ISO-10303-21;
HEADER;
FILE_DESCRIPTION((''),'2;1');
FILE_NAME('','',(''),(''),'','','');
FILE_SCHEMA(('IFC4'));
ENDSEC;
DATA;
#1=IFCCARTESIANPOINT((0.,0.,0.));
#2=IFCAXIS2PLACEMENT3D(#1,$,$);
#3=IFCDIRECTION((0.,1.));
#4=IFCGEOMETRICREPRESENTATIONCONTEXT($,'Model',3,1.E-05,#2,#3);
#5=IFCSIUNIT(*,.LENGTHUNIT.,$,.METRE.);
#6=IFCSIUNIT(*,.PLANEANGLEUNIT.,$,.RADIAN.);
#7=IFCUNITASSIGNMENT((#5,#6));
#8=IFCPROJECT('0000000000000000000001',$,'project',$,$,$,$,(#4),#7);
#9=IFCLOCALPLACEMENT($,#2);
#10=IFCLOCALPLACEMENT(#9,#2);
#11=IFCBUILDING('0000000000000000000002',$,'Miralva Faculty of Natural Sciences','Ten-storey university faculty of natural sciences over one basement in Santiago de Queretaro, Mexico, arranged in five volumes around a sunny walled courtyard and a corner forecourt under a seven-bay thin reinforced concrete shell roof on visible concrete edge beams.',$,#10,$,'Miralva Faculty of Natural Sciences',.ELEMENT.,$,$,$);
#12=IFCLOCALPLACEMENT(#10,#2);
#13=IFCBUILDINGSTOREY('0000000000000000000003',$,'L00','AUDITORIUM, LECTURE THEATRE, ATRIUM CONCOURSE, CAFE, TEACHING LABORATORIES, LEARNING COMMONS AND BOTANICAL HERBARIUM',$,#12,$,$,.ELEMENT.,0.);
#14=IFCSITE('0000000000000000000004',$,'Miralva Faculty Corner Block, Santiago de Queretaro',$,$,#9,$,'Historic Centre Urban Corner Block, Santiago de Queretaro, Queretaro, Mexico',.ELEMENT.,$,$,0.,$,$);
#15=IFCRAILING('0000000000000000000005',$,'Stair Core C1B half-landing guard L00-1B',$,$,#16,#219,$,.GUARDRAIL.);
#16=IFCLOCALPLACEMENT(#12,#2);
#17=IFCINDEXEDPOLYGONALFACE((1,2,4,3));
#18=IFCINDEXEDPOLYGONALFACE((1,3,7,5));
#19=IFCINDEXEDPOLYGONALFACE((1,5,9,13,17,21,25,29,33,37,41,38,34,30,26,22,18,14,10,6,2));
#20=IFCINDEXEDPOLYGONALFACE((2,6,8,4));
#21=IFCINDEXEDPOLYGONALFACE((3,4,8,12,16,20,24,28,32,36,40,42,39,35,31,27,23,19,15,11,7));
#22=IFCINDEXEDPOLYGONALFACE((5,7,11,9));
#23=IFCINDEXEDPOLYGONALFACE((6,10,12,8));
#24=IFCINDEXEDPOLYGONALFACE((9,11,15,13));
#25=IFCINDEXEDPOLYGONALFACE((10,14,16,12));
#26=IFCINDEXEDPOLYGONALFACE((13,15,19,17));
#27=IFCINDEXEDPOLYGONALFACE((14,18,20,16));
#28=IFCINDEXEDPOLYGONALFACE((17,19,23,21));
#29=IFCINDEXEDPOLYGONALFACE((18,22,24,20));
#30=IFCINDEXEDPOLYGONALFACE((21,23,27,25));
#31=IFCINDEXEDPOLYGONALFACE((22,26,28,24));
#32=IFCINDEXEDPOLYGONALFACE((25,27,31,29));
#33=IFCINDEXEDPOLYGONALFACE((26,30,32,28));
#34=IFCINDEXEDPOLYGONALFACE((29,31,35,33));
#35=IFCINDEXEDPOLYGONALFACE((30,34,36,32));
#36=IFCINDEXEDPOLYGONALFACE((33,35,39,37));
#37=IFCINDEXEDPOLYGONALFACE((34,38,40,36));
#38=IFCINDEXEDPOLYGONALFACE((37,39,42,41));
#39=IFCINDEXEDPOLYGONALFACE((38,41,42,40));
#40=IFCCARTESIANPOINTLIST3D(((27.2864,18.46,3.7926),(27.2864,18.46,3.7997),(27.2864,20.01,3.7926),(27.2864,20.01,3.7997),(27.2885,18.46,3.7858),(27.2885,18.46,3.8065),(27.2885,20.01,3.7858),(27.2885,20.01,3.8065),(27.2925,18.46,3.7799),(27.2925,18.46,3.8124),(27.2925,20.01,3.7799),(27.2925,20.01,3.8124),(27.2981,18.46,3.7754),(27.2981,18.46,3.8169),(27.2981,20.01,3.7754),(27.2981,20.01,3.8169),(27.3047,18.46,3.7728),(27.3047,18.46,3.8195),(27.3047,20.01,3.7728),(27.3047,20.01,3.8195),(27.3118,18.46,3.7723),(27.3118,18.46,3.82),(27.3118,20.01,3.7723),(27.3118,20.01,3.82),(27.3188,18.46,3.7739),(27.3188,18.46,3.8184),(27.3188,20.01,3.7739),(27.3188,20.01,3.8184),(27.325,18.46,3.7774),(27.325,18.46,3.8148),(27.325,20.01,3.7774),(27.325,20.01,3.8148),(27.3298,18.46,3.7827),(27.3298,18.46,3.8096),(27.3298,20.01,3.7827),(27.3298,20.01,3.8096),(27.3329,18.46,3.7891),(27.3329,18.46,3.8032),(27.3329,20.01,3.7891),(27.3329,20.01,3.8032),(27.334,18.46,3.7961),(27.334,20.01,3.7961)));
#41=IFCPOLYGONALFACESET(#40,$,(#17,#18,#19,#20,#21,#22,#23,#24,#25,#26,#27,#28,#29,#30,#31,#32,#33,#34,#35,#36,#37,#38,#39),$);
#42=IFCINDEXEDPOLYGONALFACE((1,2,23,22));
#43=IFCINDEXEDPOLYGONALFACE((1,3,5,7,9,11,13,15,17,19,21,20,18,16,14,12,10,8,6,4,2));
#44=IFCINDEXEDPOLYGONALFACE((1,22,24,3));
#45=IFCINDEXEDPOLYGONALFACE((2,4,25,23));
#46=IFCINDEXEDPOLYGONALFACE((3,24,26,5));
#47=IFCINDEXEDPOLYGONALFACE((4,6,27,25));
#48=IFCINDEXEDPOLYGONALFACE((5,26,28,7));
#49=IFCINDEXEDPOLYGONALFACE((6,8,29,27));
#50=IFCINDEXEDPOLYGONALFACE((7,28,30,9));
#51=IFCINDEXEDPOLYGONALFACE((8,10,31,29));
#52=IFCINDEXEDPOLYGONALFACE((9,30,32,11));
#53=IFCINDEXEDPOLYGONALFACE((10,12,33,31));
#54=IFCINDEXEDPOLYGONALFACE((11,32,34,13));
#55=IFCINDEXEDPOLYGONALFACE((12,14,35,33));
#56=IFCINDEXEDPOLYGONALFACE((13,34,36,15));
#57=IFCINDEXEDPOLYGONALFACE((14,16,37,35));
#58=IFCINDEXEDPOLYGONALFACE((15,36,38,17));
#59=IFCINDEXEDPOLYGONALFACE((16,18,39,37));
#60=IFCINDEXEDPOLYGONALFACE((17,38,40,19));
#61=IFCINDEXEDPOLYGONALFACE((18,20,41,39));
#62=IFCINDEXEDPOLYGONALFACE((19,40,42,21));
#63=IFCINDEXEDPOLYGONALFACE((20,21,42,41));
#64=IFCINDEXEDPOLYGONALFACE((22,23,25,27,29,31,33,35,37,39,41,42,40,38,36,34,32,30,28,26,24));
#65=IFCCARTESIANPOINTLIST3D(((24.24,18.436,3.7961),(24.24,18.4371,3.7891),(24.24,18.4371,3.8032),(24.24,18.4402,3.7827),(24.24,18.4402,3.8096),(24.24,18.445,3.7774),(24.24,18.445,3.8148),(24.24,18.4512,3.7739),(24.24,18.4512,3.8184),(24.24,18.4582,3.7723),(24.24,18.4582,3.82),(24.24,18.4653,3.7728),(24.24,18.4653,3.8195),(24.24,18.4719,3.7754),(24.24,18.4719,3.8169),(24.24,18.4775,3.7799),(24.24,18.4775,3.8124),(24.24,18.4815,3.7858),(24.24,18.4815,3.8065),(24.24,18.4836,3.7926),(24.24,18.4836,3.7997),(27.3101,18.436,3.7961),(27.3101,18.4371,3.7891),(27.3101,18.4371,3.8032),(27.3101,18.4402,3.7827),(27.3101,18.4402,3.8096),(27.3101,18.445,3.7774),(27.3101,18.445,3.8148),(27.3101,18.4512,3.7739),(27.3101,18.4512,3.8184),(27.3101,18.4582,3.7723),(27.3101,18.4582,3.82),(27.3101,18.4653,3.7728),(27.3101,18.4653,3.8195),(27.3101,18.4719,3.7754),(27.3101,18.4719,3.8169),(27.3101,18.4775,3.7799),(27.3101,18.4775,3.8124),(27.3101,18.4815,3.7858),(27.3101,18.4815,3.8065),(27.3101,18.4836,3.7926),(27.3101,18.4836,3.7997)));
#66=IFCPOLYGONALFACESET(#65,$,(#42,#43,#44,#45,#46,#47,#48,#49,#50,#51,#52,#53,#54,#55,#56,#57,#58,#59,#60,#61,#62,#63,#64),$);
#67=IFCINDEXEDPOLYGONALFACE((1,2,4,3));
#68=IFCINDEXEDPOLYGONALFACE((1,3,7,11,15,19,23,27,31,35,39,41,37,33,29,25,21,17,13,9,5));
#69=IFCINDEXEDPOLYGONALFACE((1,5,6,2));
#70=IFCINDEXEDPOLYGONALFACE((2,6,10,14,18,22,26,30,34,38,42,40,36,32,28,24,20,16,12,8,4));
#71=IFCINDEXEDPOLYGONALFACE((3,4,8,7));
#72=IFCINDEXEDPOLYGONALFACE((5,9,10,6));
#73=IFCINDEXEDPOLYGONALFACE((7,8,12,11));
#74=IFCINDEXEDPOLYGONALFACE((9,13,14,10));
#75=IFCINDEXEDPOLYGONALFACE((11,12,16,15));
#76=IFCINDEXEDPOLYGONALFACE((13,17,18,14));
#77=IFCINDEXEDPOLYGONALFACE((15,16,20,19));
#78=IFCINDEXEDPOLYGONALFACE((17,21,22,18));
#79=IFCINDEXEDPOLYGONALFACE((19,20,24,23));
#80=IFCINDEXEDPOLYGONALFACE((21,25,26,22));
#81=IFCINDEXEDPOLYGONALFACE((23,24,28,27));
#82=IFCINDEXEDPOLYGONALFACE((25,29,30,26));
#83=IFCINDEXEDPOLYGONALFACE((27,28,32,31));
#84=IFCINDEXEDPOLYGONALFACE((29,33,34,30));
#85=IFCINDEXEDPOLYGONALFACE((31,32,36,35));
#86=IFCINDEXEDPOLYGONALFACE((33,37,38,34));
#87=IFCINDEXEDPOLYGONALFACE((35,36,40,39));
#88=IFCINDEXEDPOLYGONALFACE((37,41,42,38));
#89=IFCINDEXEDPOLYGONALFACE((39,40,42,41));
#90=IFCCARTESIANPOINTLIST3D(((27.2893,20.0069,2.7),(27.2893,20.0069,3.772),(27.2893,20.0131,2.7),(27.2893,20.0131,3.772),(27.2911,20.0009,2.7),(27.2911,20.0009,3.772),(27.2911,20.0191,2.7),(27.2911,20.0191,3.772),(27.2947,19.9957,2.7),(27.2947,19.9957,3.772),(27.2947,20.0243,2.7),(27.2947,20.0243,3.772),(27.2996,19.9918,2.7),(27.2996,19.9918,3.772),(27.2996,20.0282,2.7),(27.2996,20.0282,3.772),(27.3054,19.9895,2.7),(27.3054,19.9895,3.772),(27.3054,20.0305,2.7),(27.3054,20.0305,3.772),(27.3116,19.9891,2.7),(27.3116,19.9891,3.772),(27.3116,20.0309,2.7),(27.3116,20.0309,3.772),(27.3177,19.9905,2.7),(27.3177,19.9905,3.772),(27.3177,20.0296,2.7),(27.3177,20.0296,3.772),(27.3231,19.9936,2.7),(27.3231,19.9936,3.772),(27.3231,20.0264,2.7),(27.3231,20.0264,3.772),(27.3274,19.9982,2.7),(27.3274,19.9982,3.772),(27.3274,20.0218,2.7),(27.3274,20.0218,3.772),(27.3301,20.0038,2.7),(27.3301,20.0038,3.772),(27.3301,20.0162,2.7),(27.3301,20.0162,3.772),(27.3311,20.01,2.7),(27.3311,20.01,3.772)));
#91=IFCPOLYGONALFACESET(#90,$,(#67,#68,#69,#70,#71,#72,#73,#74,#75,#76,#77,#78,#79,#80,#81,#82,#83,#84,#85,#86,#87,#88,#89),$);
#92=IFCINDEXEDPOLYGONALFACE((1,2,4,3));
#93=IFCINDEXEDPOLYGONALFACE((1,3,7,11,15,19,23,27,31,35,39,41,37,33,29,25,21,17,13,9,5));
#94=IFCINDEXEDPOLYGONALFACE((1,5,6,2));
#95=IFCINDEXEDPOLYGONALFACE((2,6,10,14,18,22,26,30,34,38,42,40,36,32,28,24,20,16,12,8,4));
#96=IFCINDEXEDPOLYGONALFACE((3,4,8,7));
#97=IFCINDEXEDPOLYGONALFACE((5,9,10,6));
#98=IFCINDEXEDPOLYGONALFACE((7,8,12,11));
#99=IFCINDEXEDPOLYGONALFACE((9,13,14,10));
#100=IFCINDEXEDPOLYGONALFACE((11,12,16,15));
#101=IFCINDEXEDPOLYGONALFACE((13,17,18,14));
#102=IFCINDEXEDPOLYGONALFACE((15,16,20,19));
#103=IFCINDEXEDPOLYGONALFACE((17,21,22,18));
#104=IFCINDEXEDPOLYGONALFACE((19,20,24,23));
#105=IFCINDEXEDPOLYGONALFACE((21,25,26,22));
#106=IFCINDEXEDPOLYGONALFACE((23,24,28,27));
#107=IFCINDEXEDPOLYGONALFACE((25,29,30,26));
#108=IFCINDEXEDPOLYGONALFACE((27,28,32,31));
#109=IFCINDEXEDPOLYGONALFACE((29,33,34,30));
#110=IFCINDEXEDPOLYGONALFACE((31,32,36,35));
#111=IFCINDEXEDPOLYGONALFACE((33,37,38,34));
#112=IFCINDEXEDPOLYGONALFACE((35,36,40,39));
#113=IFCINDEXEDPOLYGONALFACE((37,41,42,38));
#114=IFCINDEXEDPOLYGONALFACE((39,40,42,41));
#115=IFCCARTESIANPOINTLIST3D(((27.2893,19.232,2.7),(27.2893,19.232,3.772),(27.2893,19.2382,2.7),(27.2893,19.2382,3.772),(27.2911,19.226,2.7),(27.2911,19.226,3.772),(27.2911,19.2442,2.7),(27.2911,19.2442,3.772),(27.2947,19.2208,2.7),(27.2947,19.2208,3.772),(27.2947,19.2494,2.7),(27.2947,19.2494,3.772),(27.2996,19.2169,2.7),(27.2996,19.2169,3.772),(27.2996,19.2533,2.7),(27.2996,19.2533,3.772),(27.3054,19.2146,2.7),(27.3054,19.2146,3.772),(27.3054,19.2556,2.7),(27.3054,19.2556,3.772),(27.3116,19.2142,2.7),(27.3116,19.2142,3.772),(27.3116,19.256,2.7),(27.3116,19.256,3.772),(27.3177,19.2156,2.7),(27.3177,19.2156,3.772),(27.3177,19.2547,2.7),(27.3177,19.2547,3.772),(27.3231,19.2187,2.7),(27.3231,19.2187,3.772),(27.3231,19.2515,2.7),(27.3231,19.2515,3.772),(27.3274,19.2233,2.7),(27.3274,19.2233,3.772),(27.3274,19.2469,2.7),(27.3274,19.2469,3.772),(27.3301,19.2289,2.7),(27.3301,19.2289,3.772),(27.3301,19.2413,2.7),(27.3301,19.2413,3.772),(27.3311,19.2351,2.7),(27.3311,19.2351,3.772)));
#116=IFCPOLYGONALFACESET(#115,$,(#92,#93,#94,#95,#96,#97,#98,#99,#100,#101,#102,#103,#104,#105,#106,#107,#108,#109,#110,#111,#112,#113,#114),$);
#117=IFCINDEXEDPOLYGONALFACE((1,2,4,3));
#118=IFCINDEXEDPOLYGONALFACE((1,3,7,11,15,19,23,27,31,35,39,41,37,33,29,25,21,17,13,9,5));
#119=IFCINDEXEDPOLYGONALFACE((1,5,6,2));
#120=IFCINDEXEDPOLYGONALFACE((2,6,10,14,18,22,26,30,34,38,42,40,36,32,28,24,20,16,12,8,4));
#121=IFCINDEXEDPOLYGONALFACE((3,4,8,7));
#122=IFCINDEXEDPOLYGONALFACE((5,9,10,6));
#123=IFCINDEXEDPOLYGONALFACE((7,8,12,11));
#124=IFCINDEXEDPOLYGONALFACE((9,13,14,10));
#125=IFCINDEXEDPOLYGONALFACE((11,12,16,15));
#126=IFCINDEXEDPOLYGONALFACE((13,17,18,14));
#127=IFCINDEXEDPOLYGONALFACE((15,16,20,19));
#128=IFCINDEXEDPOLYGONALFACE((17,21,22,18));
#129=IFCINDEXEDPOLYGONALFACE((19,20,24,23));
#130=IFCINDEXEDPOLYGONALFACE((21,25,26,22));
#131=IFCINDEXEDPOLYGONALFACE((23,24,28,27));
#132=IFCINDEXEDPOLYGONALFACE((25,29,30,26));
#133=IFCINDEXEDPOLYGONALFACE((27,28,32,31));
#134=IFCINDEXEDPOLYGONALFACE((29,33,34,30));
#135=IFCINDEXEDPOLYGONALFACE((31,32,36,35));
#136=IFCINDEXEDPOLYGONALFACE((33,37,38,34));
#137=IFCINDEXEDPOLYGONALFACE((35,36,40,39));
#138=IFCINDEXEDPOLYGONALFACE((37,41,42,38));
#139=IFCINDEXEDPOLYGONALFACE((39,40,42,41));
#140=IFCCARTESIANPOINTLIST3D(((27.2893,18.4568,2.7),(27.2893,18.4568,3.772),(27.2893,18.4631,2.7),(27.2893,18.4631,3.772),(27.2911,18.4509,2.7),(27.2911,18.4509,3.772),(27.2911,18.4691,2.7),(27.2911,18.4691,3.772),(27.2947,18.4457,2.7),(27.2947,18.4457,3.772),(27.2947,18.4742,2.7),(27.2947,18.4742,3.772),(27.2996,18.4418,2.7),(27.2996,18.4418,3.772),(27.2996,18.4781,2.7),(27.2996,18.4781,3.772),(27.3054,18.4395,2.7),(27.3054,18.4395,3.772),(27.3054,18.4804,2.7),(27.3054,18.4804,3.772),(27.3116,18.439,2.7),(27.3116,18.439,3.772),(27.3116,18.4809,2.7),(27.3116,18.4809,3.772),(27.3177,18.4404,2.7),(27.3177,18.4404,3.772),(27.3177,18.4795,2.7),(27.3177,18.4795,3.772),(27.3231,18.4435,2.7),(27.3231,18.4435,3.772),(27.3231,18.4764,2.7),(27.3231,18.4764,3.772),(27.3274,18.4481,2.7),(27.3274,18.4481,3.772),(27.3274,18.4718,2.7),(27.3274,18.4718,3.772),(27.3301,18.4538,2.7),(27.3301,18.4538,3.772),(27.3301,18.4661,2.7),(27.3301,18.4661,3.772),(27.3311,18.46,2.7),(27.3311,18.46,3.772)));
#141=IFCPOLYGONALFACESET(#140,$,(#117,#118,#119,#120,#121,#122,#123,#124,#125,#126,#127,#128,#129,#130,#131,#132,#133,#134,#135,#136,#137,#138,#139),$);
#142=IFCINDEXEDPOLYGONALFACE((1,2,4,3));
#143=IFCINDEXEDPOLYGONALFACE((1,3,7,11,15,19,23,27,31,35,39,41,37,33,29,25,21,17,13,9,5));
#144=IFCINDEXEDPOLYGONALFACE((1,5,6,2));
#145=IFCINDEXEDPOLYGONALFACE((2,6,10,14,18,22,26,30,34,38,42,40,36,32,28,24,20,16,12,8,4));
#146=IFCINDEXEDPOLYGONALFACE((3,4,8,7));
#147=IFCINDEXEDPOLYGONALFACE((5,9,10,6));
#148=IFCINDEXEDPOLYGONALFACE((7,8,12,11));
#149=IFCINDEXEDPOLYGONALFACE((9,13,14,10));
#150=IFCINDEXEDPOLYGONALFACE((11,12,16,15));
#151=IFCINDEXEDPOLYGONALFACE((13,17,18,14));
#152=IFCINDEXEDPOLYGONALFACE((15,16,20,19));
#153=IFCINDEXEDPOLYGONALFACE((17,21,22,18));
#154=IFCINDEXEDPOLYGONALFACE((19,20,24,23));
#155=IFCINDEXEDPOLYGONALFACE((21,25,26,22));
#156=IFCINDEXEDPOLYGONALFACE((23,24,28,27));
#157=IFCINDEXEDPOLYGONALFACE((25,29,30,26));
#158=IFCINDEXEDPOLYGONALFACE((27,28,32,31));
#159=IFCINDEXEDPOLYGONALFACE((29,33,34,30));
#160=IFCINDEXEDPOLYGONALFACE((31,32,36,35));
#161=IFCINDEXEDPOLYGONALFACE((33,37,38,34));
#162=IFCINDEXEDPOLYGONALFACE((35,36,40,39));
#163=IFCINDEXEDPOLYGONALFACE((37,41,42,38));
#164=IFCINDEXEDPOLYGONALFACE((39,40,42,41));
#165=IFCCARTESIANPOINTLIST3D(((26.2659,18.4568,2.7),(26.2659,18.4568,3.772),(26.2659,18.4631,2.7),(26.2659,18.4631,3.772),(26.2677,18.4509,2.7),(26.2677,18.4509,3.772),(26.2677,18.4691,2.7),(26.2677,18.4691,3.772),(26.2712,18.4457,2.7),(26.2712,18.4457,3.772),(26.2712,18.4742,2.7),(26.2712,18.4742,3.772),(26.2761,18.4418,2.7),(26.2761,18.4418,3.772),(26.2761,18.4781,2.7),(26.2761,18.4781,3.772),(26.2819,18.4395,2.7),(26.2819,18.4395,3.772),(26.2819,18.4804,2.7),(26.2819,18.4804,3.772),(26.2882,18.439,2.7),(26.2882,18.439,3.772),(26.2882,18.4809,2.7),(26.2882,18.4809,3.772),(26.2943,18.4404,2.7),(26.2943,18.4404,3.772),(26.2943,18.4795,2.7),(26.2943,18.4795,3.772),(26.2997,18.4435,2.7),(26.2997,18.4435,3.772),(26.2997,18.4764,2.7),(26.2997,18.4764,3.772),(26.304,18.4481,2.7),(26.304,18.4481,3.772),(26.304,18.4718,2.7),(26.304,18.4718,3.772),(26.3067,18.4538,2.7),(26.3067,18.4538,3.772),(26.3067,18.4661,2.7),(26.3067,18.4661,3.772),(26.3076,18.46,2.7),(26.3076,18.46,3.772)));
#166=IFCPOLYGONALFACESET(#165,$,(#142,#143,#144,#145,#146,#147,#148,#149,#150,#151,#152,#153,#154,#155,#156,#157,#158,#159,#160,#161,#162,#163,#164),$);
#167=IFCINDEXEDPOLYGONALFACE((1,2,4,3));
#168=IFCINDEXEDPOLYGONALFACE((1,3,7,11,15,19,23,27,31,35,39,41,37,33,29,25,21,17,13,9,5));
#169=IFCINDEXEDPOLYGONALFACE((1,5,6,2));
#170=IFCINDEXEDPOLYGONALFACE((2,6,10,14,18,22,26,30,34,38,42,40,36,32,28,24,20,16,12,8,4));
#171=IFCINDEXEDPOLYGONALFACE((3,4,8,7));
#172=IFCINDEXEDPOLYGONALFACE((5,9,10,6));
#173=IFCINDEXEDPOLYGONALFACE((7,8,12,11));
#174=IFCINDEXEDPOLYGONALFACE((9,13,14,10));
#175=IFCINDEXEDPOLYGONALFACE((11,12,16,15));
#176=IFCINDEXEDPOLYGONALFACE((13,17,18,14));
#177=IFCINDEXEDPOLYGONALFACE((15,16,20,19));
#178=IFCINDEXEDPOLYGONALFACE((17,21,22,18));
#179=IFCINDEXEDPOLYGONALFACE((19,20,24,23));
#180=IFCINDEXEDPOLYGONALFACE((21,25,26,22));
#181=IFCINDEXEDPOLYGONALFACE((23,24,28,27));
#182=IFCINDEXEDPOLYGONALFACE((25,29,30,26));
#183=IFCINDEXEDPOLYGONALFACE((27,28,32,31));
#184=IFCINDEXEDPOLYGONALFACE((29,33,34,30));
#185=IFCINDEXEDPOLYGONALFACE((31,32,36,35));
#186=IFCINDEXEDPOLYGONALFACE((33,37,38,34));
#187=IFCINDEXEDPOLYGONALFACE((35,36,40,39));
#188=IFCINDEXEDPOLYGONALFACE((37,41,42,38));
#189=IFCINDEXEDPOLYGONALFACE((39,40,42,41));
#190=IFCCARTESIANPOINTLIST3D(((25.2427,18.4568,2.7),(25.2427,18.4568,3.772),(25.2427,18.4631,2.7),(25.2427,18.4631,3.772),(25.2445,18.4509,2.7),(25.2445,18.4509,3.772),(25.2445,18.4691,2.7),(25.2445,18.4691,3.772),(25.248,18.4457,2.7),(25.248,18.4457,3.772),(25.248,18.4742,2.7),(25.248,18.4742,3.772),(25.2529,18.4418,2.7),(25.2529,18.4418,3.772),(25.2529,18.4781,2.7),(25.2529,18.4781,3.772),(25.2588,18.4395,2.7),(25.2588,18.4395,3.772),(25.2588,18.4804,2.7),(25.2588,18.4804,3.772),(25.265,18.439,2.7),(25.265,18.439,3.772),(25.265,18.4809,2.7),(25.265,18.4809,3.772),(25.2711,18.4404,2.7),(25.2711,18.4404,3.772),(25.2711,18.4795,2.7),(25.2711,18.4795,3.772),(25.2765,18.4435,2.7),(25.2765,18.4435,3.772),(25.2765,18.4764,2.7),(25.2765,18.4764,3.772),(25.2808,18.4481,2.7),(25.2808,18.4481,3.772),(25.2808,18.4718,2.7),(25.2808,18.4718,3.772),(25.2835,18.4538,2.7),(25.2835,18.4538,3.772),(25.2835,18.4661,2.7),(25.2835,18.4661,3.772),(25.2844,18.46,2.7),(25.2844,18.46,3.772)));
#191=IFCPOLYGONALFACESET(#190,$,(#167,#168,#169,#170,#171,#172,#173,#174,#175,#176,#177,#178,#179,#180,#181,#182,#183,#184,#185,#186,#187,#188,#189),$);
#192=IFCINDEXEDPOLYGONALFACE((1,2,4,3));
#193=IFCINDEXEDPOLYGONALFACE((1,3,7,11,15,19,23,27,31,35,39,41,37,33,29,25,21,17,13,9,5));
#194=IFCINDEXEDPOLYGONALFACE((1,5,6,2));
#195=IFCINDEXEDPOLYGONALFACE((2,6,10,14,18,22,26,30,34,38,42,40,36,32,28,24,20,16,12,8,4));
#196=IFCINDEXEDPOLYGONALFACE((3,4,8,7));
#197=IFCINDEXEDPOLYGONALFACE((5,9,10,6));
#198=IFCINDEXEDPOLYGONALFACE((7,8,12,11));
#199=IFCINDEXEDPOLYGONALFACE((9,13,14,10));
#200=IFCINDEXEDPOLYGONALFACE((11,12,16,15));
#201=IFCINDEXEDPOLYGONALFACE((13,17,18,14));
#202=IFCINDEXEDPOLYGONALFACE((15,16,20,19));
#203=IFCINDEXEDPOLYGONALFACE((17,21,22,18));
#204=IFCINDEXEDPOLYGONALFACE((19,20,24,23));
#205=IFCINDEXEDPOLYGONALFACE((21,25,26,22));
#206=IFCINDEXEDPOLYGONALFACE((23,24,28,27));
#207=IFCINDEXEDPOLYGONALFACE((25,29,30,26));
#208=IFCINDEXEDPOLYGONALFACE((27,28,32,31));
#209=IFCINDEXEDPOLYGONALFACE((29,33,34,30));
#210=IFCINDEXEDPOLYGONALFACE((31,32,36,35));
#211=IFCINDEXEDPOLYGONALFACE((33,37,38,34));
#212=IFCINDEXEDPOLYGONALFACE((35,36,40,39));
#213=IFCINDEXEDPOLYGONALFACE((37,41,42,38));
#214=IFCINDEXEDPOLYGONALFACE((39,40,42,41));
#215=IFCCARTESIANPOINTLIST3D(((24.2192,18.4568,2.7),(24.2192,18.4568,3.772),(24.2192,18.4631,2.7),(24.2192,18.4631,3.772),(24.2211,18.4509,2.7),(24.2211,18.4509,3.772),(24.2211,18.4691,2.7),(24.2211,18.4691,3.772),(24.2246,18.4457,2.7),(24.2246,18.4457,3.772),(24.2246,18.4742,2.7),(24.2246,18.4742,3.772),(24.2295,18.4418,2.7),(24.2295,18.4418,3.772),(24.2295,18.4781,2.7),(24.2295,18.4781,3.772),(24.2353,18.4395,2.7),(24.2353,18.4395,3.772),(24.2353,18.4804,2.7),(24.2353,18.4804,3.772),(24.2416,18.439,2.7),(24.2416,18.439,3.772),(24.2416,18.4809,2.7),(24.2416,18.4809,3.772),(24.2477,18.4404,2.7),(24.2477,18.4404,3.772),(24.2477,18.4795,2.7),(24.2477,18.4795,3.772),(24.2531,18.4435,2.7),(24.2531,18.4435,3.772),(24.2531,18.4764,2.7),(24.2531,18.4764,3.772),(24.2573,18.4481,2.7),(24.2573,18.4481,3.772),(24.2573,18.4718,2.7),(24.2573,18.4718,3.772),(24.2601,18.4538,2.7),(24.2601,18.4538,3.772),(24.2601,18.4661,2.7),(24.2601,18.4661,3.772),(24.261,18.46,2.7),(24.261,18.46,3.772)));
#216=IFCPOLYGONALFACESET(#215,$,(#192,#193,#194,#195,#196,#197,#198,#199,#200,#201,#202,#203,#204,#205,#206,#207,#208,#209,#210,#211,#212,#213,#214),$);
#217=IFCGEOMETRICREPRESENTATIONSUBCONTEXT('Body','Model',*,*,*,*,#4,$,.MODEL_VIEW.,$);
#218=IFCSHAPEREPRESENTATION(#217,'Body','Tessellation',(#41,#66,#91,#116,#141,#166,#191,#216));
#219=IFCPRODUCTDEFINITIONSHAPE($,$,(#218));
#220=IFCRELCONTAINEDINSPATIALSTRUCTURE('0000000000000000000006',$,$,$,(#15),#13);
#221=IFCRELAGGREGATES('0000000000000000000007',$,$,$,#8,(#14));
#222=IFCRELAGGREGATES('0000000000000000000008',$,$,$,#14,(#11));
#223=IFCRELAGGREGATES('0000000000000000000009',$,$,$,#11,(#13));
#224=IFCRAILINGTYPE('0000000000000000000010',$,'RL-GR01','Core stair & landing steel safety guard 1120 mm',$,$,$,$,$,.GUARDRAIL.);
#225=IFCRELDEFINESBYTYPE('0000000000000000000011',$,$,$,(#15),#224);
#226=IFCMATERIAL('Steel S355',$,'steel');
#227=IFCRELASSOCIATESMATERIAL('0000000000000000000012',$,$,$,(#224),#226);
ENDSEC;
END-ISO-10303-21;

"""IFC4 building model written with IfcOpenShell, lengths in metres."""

from ifc_helpers import new_model, si_unit, direction, frame, origin, origin_2d, place, context, subcontext, project, spatial, circle, extrude, material, type_object, element, save


model = new_model("IFC4")

# Units and contexts
model_context = context("Model", 3, precision=1e-05, world=origin(), true_north=direction((0.0, 1.0)))
body_context = subcontext(model_context, "Body", "Model", "MODEL_VIEW")
ifc_project = project(units=[si_unit("LENGTHUNIT", "METRE"), si_unit("PLANEANGLEUNIT", "RADIAN")], contexts=[model_context])

# Site, building, storey
site_placement = place(None, origin())
site = spatial("IfcSite", under=ifc_project, at=site_placement, Name="Miralva Faculty Corner Block, Santiago de Queretaro", LongName="Historic Centre Urban Corner Block, Santiago de Queretaro, Queretaro, Mexico", CompositionType="ELEMENT", RefElevation=0.0)
building_placement = place(site_placement, origin())
building = spatial("IfcBuilding", under=site, at=building_placement, Name="Miralva Faculty of Natural Sciences", Description="Ten-storey university faculty of natural sciences over one basement in Santiago de Queretaro, Mexico, arranged in five volumes around a sunny walled courtyard and a corner forecourt under a seven-bay thin reinforced concrete shell roof on visible concrete edge beams.", LongName="Miralva Faculty of Natural Sciences", CompositionType="ELEMENT")
storey_placement = place(building_placement, origin())
storey = spatial("IfcBuildingStorey", under=building, at=storey_placement, Name="L00", Description="AUDITORIUM, LECTURE THEATRE, ATRIUM CONCOURSE, CAFE, TEACHING LABORATORIES, LEARNING COMMONS AND BOTANICAL HERBARIUM", CompositionType="ELEMENT", Elevation=0.0)

# Railing
ifc_material_1 = material(Name="Steel S355", Category="steel")
railing_type = type_object("IfcRailingType", Name="RL-GR01", Description="Core stair & landing steel safety guard 1120 mm", PredefinedType="GUARDRAIL", material=ifc_material_1)
railing_placement = place(storey_placement, frame((27.3101, 20.01, 2.7)))
element("IfcRailing", 1, at=railing_placement, inside=storey, type_object=railing_type, Name="Stair Core C1B half-landing guard L00-1B", PredefinedType="GUARDRAIL", context=body_context, shape_type="SweptSolid", body=[
    extrude(circle(Radius=0.0239, at=origin_2d()), frame((0.0, 0.0, 1.0962), z_axis=(0.0, -1.0, 0.0), x_axis=(1.0, 0.0, 0.0)), (0.0, 0.0, 1.0), 1.55),
    extrude(circle(Radius=0.0239, at=origin_2d()), frame((0.0, -1.55, 1.0962), z_axis=(-1.0, 0.0, 0.0), x_axis=(0.0, -1.0, 0.0)), (0.0, 0.0, 1.0), 3.0701),
    extrude(circle(Radius=0.021, at=origin_2d()), origin(), (0.0, 0.0, 1.0), 1.072),
    extrude(circle(Radius=0.021, at=origin_2d()), frame((0.0, -0.7749, 0.0)), (0.0, 0.0, 1.0), 1.072),
    extrude(circle(Radius=0.021, at=origin_2d()), frame((0.0, -1.55, 0.0)), (0.0, 0.0, 1.0), 1.072),
    extrude(circle(Radius=0.021, at=origin_2d()), frame((-1.0234, -1.55, 0.0)), (0.0, 0.0, 1.0), 1.072),
    extrude(circle(Radius=0.021, at=origin_2d()), frame((-2.0466, -1.55, 0.0)), (0.0, 0.0, 1.0), 1.072),
    extrude(circle(Radius=0.021, at=origin_2d()), frame((-3.0701, -1.55, 0.0)), (0.0, 0.0, 1.0), 1.072),
])

save(model, "model.ifc")
